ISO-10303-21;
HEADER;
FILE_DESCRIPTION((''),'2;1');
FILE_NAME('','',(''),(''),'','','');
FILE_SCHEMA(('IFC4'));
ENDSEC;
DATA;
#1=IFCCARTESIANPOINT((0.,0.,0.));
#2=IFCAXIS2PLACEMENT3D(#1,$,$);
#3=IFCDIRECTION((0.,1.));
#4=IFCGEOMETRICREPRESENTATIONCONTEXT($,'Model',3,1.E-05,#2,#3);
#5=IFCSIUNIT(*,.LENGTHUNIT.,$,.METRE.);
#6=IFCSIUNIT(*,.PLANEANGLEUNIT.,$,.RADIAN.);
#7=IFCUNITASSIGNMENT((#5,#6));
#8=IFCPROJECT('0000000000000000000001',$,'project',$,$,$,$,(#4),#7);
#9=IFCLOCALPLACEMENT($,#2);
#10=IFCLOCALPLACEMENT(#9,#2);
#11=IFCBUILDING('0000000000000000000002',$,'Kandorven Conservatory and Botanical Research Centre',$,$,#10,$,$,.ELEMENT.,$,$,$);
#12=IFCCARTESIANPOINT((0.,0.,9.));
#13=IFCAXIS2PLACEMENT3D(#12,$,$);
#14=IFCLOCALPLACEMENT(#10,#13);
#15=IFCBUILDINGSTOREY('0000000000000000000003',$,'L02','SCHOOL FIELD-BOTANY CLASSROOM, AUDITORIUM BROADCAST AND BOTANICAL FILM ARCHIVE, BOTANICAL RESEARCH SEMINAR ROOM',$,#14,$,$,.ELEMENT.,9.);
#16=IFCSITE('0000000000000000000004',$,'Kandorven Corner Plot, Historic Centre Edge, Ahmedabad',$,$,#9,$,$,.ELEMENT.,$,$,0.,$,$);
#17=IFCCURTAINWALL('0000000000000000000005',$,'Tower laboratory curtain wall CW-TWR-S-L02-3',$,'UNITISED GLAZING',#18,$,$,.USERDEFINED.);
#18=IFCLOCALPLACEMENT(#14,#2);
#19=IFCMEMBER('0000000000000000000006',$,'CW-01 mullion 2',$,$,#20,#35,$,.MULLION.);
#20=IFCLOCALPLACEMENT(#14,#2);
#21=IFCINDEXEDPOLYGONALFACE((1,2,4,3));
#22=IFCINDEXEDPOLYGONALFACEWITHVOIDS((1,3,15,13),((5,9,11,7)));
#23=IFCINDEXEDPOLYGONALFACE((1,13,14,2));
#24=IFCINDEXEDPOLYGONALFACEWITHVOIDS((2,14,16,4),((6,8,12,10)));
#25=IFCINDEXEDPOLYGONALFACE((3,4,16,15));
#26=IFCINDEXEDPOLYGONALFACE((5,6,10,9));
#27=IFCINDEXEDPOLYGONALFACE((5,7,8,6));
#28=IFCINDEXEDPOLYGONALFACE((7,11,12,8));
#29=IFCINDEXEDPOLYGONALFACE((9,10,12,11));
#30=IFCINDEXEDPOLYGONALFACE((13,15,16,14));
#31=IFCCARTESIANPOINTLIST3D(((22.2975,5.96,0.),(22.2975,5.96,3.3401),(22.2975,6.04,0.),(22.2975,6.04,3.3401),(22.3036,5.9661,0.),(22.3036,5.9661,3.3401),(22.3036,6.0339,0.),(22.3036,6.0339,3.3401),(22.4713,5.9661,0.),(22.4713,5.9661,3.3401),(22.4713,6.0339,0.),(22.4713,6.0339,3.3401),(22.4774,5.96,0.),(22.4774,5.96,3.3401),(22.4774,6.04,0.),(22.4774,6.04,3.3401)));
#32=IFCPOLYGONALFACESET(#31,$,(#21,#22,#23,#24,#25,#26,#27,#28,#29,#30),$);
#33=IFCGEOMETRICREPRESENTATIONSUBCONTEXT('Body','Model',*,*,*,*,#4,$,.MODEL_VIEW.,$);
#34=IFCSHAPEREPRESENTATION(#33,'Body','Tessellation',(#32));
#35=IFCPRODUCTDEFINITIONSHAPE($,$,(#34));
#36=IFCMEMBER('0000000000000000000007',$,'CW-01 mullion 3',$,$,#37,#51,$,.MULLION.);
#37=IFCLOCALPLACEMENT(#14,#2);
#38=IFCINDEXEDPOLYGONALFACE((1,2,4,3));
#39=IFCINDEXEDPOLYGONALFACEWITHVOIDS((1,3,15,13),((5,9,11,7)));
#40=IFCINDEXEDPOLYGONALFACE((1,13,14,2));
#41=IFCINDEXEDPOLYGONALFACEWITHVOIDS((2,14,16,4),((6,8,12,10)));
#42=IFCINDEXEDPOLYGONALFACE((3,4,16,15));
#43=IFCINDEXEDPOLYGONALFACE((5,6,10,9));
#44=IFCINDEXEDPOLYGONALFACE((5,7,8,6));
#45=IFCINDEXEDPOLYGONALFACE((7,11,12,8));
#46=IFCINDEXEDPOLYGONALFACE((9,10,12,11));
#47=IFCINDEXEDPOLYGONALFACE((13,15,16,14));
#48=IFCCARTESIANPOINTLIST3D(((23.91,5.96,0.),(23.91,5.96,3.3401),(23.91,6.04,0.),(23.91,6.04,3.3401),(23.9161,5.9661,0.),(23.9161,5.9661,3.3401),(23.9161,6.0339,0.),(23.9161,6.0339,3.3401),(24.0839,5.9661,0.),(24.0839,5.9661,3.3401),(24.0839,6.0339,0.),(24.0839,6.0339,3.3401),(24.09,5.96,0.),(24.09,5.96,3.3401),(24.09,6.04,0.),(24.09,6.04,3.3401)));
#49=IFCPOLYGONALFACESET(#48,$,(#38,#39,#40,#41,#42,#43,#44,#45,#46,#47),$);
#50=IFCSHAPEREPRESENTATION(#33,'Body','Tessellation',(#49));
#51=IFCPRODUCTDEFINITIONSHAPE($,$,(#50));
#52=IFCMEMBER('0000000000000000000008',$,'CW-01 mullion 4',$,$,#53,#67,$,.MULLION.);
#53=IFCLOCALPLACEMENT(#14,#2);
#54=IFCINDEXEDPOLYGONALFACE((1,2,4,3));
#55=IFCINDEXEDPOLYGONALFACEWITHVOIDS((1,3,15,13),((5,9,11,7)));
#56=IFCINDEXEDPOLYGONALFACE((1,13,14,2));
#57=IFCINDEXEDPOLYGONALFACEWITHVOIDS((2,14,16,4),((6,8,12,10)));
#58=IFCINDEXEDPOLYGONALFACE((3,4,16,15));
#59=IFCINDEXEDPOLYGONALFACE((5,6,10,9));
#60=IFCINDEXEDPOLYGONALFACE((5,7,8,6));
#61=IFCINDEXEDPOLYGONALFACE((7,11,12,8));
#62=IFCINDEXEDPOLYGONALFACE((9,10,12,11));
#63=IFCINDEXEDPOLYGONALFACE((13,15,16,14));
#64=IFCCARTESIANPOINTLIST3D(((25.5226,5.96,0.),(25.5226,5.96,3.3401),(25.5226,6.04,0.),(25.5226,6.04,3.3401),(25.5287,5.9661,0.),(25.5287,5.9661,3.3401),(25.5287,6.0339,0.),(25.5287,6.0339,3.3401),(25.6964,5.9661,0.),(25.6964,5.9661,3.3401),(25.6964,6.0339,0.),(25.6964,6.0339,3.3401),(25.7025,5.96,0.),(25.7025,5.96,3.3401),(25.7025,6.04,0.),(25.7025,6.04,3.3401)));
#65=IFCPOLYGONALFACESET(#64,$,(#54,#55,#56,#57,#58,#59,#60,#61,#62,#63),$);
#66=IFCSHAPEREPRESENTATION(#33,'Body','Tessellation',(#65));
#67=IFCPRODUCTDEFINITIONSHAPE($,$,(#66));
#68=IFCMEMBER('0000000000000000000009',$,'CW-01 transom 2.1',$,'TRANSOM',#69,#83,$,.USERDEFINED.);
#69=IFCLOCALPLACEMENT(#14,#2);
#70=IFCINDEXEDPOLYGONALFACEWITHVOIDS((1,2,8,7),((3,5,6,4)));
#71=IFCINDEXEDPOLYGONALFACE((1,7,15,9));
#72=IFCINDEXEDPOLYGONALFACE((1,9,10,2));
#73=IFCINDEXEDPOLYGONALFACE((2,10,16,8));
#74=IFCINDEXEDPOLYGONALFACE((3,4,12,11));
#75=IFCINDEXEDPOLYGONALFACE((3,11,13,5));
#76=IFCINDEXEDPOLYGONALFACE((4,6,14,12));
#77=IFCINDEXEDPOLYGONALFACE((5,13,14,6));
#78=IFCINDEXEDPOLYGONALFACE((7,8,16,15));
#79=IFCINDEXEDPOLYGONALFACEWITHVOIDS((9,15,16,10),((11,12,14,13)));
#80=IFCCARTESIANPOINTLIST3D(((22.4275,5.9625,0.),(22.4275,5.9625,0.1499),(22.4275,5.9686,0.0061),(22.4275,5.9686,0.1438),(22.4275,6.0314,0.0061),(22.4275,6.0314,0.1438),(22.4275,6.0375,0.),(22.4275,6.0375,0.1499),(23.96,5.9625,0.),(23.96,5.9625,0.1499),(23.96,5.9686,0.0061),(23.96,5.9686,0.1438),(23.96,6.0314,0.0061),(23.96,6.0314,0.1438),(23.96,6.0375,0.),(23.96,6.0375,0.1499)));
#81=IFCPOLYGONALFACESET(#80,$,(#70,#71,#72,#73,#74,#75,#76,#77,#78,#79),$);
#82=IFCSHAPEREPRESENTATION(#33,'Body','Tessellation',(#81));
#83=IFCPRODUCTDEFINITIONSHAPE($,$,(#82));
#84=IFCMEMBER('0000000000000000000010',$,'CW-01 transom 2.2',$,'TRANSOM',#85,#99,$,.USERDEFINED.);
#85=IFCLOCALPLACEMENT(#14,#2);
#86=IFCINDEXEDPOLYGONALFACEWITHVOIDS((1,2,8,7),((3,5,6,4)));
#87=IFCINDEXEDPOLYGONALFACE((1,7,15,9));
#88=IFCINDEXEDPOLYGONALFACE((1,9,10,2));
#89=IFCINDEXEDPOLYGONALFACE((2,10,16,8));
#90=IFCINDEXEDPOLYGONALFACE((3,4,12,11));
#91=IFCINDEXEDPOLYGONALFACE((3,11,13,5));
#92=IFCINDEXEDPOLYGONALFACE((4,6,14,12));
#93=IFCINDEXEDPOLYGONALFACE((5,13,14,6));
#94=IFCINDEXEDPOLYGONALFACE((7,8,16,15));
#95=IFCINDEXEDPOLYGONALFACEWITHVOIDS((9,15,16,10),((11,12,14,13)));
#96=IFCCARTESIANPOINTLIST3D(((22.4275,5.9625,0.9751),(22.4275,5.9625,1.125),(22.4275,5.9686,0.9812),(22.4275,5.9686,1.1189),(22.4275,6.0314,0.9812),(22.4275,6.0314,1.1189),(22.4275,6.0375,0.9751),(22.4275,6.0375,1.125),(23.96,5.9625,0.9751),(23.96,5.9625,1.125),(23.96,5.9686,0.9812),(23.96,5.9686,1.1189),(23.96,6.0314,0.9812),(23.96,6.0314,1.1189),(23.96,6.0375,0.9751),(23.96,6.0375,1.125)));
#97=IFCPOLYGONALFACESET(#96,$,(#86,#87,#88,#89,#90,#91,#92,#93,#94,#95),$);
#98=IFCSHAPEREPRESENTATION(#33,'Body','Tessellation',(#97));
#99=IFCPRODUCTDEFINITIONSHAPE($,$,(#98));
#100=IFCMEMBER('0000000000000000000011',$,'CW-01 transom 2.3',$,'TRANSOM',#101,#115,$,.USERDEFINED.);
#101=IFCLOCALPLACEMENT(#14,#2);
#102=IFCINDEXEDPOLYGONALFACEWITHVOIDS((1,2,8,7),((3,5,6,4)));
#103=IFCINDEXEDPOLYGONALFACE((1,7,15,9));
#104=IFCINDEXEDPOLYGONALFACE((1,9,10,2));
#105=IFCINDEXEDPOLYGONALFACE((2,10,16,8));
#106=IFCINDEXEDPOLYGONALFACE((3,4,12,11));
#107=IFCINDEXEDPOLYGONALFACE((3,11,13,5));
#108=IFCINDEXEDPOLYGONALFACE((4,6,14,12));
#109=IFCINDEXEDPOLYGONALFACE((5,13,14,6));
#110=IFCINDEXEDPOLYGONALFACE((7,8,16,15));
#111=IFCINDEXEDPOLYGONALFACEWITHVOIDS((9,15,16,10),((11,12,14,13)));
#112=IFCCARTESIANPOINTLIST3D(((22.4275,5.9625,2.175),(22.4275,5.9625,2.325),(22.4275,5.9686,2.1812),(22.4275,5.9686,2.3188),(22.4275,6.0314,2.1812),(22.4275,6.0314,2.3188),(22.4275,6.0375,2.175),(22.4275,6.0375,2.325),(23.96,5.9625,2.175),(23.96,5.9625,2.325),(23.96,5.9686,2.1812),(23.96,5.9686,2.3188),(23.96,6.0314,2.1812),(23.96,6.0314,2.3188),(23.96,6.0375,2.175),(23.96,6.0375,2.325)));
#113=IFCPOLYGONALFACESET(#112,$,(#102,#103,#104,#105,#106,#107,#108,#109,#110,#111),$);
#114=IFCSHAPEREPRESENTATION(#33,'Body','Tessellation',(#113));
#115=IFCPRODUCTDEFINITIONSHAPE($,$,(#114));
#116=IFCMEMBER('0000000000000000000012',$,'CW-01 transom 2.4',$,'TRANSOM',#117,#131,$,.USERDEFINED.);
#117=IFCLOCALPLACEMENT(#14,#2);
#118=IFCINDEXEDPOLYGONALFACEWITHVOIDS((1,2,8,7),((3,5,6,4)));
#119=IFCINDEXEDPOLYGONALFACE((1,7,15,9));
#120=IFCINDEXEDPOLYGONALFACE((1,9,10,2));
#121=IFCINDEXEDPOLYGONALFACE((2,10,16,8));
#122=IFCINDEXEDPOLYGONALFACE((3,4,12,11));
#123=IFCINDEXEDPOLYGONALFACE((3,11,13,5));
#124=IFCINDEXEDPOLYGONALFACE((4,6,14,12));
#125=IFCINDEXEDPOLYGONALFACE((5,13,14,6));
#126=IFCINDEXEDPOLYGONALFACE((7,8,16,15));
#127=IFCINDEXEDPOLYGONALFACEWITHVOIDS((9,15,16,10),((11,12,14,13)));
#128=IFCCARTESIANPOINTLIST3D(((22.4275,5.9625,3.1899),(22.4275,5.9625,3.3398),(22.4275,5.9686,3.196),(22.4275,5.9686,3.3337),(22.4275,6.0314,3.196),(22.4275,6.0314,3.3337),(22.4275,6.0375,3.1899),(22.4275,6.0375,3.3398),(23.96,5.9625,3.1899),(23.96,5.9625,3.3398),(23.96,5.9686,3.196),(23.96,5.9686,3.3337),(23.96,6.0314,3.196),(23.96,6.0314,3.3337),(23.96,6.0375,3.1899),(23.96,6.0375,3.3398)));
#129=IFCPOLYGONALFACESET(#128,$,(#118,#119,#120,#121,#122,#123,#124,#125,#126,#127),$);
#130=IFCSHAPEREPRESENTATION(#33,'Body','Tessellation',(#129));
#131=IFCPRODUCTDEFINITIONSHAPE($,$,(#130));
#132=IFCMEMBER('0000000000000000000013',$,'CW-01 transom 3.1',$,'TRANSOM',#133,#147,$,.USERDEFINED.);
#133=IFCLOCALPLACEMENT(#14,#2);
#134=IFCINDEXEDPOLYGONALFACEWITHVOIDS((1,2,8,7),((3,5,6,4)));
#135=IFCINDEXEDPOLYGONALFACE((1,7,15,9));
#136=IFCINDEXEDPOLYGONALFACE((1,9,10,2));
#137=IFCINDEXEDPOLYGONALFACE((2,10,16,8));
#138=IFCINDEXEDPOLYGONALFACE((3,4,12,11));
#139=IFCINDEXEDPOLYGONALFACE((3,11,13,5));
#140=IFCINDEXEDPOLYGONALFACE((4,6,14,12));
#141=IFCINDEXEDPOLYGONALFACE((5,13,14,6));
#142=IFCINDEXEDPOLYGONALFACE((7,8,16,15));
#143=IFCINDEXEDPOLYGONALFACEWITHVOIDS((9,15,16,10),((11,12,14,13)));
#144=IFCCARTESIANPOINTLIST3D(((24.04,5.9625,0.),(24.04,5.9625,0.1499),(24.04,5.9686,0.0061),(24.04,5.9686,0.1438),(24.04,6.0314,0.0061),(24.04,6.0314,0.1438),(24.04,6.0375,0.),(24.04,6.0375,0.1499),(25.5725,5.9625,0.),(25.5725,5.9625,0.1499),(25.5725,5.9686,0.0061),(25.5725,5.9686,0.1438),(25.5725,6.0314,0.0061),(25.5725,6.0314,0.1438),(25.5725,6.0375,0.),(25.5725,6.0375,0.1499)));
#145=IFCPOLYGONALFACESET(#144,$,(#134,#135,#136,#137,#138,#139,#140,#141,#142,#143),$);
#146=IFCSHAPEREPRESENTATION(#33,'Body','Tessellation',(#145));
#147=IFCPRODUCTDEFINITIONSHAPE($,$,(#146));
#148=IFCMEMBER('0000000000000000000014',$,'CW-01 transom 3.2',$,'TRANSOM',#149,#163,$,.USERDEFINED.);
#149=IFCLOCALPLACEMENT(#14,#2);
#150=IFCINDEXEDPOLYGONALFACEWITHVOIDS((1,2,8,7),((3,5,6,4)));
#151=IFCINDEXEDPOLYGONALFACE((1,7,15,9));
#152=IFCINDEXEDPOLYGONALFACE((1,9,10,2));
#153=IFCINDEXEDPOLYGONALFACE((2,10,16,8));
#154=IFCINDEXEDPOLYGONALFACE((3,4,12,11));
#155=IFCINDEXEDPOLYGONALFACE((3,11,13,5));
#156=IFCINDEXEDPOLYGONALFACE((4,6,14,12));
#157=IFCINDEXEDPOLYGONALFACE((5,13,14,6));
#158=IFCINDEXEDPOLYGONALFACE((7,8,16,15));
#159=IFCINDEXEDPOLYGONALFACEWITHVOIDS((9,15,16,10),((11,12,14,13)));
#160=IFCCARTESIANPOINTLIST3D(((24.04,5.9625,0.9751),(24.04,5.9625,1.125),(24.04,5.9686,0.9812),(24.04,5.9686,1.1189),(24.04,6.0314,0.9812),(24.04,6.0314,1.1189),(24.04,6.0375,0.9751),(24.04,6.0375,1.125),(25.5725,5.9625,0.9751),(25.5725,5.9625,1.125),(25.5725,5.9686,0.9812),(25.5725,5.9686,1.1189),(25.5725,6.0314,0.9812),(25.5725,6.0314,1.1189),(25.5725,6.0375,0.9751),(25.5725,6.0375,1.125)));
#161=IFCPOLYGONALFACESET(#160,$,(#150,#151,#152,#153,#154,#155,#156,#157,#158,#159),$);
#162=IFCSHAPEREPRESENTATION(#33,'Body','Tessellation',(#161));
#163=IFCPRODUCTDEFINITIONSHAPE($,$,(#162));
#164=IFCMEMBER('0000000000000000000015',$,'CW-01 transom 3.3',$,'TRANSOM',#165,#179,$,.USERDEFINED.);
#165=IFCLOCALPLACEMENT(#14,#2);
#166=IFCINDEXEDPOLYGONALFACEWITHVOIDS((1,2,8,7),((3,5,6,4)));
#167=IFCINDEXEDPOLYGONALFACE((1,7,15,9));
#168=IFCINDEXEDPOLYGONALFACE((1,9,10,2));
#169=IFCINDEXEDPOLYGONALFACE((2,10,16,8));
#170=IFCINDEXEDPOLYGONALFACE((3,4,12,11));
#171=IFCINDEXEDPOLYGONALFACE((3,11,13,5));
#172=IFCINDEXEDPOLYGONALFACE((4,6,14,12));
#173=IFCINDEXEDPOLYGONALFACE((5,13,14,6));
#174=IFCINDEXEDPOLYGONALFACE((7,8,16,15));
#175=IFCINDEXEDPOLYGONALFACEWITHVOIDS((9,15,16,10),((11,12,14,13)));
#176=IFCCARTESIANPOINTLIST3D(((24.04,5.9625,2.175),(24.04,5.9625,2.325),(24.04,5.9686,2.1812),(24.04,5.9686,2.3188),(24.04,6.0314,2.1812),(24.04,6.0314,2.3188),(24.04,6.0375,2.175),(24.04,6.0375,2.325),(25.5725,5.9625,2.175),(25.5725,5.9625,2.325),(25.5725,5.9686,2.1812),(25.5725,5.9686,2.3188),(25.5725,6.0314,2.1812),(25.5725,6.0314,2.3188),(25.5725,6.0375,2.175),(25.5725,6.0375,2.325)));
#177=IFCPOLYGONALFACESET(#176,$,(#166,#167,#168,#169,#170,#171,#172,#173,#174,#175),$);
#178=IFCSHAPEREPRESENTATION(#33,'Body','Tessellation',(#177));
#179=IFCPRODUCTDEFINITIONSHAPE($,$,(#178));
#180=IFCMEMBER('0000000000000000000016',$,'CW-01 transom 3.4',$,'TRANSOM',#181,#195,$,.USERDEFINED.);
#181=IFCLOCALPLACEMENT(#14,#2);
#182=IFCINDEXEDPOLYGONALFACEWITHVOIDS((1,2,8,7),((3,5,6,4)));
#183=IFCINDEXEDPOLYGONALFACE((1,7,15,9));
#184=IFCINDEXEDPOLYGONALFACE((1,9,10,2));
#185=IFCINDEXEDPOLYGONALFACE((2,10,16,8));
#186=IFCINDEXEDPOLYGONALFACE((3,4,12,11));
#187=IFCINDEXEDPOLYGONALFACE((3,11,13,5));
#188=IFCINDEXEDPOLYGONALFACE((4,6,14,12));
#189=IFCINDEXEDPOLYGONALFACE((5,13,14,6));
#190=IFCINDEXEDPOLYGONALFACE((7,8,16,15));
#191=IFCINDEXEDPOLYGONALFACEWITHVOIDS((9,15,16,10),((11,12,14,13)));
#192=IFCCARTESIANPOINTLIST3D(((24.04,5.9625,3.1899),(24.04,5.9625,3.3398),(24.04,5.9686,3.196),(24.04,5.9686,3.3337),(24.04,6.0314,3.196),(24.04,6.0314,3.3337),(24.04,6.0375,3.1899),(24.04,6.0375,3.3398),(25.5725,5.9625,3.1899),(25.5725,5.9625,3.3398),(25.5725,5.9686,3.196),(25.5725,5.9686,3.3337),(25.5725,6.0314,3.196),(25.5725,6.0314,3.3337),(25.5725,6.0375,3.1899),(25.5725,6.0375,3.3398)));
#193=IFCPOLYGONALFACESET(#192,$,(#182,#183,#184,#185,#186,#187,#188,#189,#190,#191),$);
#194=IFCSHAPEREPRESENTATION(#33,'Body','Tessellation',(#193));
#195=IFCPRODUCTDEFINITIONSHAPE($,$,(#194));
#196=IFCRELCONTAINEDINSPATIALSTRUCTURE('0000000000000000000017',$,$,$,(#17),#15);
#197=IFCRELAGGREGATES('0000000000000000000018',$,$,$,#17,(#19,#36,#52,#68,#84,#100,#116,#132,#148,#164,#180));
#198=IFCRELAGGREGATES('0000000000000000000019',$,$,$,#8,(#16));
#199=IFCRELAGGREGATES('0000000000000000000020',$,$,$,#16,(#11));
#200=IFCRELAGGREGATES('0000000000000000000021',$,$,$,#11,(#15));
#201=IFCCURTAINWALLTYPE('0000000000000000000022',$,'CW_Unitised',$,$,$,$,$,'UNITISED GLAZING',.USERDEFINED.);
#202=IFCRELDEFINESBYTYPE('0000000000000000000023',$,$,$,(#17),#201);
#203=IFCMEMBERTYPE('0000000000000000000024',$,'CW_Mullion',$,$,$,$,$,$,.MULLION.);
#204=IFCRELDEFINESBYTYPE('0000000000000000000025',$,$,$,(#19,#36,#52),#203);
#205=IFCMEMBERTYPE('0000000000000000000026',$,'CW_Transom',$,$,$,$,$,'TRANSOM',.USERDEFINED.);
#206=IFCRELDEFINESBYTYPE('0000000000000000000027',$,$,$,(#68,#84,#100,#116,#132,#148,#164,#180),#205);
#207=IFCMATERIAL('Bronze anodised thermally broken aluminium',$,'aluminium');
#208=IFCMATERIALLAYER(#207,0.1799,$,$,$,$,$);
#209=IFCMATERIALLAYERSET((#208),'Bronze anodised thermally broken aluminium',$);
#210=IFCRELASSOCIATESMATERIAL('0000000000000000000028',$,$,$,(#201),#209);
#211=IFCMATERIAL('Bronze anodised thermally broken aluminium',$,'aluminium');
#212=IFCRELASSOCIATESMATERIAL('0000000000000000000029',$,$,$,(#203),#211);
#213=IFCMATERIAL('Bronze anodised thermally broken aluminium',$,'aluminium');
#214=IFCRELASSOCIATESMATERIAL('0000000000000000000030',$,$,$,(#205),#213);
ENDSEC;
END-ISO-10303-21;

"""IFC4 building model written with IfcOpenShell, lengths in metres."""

from ifc_helpers import new_model, si_unit, direction, frame, origin, origin_2d, place, context, subcontext, project, spatial, hollow_rectangle, extrude, material, layer, layer_set, material_profile, profile_set, type_object, element, aggregate, save


model = new_model("IFC4")

# Units and contexts
model_context = context("Model", 3, precision=1e-05, world=origin(), true_north=direction((0.0, 1.0)))
body_context = subcontext(model_context, "Body", "Model", "MODEL_VIEW")
ifc_project = project(units=[si_unit("LENGTHUNIT", "METRE"), si_unit("PLANEANGLEUNIT", "RADIAN")], contexts=[model_context])

# Site, building, storey
site_placement = place(None, origin())
site = spatial("IfcSite", under=ifc_project, at=site_placement, Name="Kandorven Corner Plot, Historic Centre Edge, Ahmedabad", CompositionType="ELEMENT", RefElevation=0.0)
building_placement = place(site_placement, origin())
building = spatial("IfcBuilding", under=site, at=building_placement, Name="Kandorven Conservatory and Botanical Research Centre", CompositionType="ELEMENT")
storey_placement = place(building_placement, frame((0.0, 0.0, 9.0)))
storey = spatial("IfcBuildingStorey", under=building, at=storey_placement, Name="L02", Description="SCHOOL FIELD-BOTANY CLASSROOM, AUDITORIUM BROADCAST AND BOTANICAL FILM ARCHIVE, BOTANICAL RESEARCH SEMINAR ROOM", CompositionType="ELEMENT", Elevation=9.0)

# Curtain wall, members
ifc_material_1 = material(Name="Bronze anodised thermally broken aluminium", Category="aluminium")
ifc_layer_1 = layer(ifc_material_1, 0.1799)
ifc_layer_set_1 = layer_set([ifc_layer_1], Name="Bronze anodised thermally broken aluminium")
curtain_wall_type = type_object("IfcCurtainWallType", Name="CW_Unitised", ElementType="UNITISED GLAZING", PredefinedType="USERDEFINED", material=ifc_layer_set_1)
curtain_wall_placement = place(storey_placement, origin())
curtain_wall = element("IfcCurtainWall", 1, at=curtain_wall_placement, inside=storey, type_object=curtain_wall_type, Name="Tower laboratory curtain wall CW-TWR-S-L02-3", ObjectType="UNITISED GLAZING", PredefinedType="USERDEFINED")
ifc_material_2 = material(Name="Bronze anodised thermally broken aluminium", Category="aluminium")
ifc_material_profile_1 = material_profile(ifc_material_2, hollow_rectangle(XDim=0.0801, YDim=0.1799, WallThickness=0.0061, at=origin_2d()))
ifc_profile_set_1 = profile_set([ifc_material_profile_1], Name="Bronze anodised thermally broken aluminium")
member_type_1 = type_object("IfcMemberType", Name="CW_Mullion", PredefinedType="MULLION", material=ifc_profile_set_1)
member_1_placement = place(storey_placement, frame((22.3875, 6.0, 0.0), z_axis=(0.0, 0.0, 1.0), x_axis=(0.0, 1.0, 0.0)))
member_1 = element("IfcMember", 2, at=member_1_placement, type_object=member_type_1, Name="CW-01 mullion 2", PredefinedType="MULLION", context=body_context, shape_type="SweptSolid", body=[
    extrude(hollow_rectangle(XDim=0.0801, YDim=0.1799, WallThickness=0.0061, at=origin_2d()), origin(), (0.0, 0.0, 1.0), 3.3401),
])
member_2_placement = place(storey_placement, frame((24.0, 6.0, 0.0), z_axis=(0.0, 0.0, 1.0), x_axis=(0.0, 1.0, 0.0)))
member_2 = element("IfcMember", 3, at=member_2_placement, type_object=member_type_1, Name="CW-01 mullion 3", PredefinedType="MULLION", context=body_context, shape_type="SweptSolid", body=[
    extrude(hollow_rectangle(XDim=0.0801, YDim=0.1799, WallThickness=0.0061, at=origin_2d()), origin(), (0.0, 0.0, 1.0), 3.3401),
])
member_3_placement = place(storey_placement, frame((25.6125, 6.0, 0.0), z_axis=(0.0, 0.0, 1.0), x_axis=(0.0, 1.0, 0.0)))
member_3 = element("IfcMember", 4, at=member_3_placement, type_object=member_type_1, Name="CW-01 mullion 4", PredefinedType="MULLION", context=body_context, shape_type="SweptSolid", body=[
    extrude(hollow_rectangle(XDim=0.0801, YDim=0.1799, WallThickness=0.0061, at=origin_2d()), origin(), (0.0, 0.0, 1.0), 3.3401),
])
ifc_material_3 = material(Name="Bronze anodised thermally broken aluminium", Category="aluminium")
ifc_material_profile_2 = material_profile(ifc_material_3, hollow_rectangle(XDim=0.075, YDim=0.1499, WallThickness=0.0061, at=origin_2d()))
ifc_profile_set_2 = profile_set([ifc_material_profile_2], Name="Bronze anodised thermally broken aluminium")
member_type_2 = type_object("IfcMemberType", Name="CW_Transom", ElementType="TRANSOM", PredefinedType="USERDEFINED", material=ifc_profile_set_2)
member_4_placement = place(storey_placement, frame((22.4275, 6.0, 0.075), z_axis=(1.0, 0.0, 0.0), x_axis=(0.0, 1.0, 0.0)))
member_4 = element("IfcMember", 5, at=member_4_placement, type_object=member_type_2, Name="CW-01 transom 2.1", ObjectType="TRANSOM", PredefinedType="USERDEFINED", context=body_context, shape_type="SweptSolid", body=[
    extrude(hollow_rectangle(XDim=0.075, YDim=0.1499, WallThickness=0.0061, at=origin_2d()), origin(), (0.0, 0.0, 1.0), 1.5325),
])
member_5_placement = place(storey_placement, frame((22.4275, 6.0, 1.05), z_axis=(1.0, 0.0, 0.0), x_axis=(0.0, 1.0, 0.0)))
member_5 = element("IfcMember", 6, at=member_5_placement, type_object=member_type_2, Name="CW-01 transom 2.2", ObjectType="TRANSOM", PredefinedType="USERDEFINED", context=body_context, shape_type="SweptSolid", body=[
    extrude(hollow_rectangle(XDim=0.075, YDim=0.1499, WallThickness=0.0061, at=origin_2d()), origin(), (0.0, 0.0, 1.0), 1.5325),
])
member_6_placement = place(storey_placement, frame((22.4275, 6.0, 2.25), z_axis=(1.0, 0.0, 0.0), x_axis=(0.0, 1.0, 0.0)))
member_6 = element("IfcMember", 7, at=member_6_placement, type_object=member_type_2, Name="CW-01 transom 2.3", ObjectType="TRANSOM", PredefinedType="USERDEFINED", context=body_context, shape_type="SweptSolid", body=[
    extrude(hollow_rectangle(XDim=0.075, YDim=0.1499, WallThickness=0.0061, at=origin_2d()), origin(), (0.0, 0.0, 1.0), 1.5325),
])
member_7_placement = place(storey_placement, frame((22.4275, 6.0, 3.2649), z_axis=(1.0, 0.0, 0.0), x_axis=(0.0, 1.0, 0.0)))
member_7 = element("IfcMember", 8, at=member_7_placement, type_object=member_type_2, Name="CW-01 transom 2.4", ObjectType="TRANSOM", PredefinedType="USERDEFINED", context=body_context, shape_type="SweptSolid", body=[
    extrude(hollow_rectangle(XDim=0.075, YDim=0.1499, WallThickness=0.0061, at=origin_2d()), origin(), (0.0, 0.0, 1.0), 1.5325),
])
member_8_placement = place(storey_placement, frame((24.04, 6.0, 0.075), z_axis=(1.0, 0.0, 0.0), x_axis=(0.0, 1.0, 0.0)))
member_8 = element("IfcMember", 9, at=member_8_placement, type_object=member_type_2, Name="CW-01 transom 3.1", ObjectType="TRANSOM", PredefinedType="USERDEFINED", context=body_context, shape_type="SweptSolid", body=[
    extrude(hollow_rectangle(XDim=0.075, YDim=0.1499, WallThickness=0.0061, at=origin_2d()), origin(), (0.0, 0.0, 1.0), 1.5325),
])
member_9_placement = place(storey_placement, frame((24.04, 6.0, 1.05), z_axis=(1.0, 0.0, 0.0), x_axis=(0.0, 1.0, 0.0)))
member_9 = element("IfcMember", 10, at=member_9_placement, type_object=member_type_2, Name="CW-01 transom 3.2", ObjectType="TRANSOM", PredefinedType="USERDEFINED", context=body_context, shape_type="SweptSolid", body=[
    extrude(hollow_rectangle(XDim=0.075, YDim=0.1499, WallThickness=0.0061, at=origin_2d()), origin(), (0.0, 0.0, 1.0), 1.5325),
])
member_10_placement = place(storey_placement, frame((24.04, 6.0, 2.25), z_axis=(1.0, 0.0, 0.0), x_axis=(0.0, 1.0, 0.0)))
member_10 = element("IfcMember", 11, at=member_10_placement, type_object=member_type_2, Name="CW-01 transom 3.3", ObjectType="TRANSOM", PredefinedType="USERDEFINED", context=body_context, shape_type="SweptSolid", body=[
    extrude(hollow_rectangle(XDim=0.075, YDim=0.1499, WallThickness=0.0061, at=origin_2d()), origin(), (0.0, 0.0, 1.0), 1.5325),
])
member_11_placement = place(storey_placement, frame((24.04, 6.0, 3.2649), z_axis=(1.0, 0.0, 0.0), x_axis=(0.0, 1.0, 0.0)))
member_11 = element("IfcMember", 12, at=member_11_placement, type_object=member_type_2, Name="CW-01 transom 3.4", ObjectType="TRANSOM", PredefinedType="USERDEFINED", context=body_context, shape_type="SweptSolid", body=[
    extrude(hollow_rectangle(XDim=0.075, YDim=0.1499, WallThickness=0.0061, at=origin_2d()), origin(), (0.0, 0.0, 1.0), 1.5325),
])
aggregate(curtain_wall, [member_1, member_2, member_3, member_4, member_5, member_6, member_7, member_8, member_9, member_10, member_11])

save(model, "model.ifc")
